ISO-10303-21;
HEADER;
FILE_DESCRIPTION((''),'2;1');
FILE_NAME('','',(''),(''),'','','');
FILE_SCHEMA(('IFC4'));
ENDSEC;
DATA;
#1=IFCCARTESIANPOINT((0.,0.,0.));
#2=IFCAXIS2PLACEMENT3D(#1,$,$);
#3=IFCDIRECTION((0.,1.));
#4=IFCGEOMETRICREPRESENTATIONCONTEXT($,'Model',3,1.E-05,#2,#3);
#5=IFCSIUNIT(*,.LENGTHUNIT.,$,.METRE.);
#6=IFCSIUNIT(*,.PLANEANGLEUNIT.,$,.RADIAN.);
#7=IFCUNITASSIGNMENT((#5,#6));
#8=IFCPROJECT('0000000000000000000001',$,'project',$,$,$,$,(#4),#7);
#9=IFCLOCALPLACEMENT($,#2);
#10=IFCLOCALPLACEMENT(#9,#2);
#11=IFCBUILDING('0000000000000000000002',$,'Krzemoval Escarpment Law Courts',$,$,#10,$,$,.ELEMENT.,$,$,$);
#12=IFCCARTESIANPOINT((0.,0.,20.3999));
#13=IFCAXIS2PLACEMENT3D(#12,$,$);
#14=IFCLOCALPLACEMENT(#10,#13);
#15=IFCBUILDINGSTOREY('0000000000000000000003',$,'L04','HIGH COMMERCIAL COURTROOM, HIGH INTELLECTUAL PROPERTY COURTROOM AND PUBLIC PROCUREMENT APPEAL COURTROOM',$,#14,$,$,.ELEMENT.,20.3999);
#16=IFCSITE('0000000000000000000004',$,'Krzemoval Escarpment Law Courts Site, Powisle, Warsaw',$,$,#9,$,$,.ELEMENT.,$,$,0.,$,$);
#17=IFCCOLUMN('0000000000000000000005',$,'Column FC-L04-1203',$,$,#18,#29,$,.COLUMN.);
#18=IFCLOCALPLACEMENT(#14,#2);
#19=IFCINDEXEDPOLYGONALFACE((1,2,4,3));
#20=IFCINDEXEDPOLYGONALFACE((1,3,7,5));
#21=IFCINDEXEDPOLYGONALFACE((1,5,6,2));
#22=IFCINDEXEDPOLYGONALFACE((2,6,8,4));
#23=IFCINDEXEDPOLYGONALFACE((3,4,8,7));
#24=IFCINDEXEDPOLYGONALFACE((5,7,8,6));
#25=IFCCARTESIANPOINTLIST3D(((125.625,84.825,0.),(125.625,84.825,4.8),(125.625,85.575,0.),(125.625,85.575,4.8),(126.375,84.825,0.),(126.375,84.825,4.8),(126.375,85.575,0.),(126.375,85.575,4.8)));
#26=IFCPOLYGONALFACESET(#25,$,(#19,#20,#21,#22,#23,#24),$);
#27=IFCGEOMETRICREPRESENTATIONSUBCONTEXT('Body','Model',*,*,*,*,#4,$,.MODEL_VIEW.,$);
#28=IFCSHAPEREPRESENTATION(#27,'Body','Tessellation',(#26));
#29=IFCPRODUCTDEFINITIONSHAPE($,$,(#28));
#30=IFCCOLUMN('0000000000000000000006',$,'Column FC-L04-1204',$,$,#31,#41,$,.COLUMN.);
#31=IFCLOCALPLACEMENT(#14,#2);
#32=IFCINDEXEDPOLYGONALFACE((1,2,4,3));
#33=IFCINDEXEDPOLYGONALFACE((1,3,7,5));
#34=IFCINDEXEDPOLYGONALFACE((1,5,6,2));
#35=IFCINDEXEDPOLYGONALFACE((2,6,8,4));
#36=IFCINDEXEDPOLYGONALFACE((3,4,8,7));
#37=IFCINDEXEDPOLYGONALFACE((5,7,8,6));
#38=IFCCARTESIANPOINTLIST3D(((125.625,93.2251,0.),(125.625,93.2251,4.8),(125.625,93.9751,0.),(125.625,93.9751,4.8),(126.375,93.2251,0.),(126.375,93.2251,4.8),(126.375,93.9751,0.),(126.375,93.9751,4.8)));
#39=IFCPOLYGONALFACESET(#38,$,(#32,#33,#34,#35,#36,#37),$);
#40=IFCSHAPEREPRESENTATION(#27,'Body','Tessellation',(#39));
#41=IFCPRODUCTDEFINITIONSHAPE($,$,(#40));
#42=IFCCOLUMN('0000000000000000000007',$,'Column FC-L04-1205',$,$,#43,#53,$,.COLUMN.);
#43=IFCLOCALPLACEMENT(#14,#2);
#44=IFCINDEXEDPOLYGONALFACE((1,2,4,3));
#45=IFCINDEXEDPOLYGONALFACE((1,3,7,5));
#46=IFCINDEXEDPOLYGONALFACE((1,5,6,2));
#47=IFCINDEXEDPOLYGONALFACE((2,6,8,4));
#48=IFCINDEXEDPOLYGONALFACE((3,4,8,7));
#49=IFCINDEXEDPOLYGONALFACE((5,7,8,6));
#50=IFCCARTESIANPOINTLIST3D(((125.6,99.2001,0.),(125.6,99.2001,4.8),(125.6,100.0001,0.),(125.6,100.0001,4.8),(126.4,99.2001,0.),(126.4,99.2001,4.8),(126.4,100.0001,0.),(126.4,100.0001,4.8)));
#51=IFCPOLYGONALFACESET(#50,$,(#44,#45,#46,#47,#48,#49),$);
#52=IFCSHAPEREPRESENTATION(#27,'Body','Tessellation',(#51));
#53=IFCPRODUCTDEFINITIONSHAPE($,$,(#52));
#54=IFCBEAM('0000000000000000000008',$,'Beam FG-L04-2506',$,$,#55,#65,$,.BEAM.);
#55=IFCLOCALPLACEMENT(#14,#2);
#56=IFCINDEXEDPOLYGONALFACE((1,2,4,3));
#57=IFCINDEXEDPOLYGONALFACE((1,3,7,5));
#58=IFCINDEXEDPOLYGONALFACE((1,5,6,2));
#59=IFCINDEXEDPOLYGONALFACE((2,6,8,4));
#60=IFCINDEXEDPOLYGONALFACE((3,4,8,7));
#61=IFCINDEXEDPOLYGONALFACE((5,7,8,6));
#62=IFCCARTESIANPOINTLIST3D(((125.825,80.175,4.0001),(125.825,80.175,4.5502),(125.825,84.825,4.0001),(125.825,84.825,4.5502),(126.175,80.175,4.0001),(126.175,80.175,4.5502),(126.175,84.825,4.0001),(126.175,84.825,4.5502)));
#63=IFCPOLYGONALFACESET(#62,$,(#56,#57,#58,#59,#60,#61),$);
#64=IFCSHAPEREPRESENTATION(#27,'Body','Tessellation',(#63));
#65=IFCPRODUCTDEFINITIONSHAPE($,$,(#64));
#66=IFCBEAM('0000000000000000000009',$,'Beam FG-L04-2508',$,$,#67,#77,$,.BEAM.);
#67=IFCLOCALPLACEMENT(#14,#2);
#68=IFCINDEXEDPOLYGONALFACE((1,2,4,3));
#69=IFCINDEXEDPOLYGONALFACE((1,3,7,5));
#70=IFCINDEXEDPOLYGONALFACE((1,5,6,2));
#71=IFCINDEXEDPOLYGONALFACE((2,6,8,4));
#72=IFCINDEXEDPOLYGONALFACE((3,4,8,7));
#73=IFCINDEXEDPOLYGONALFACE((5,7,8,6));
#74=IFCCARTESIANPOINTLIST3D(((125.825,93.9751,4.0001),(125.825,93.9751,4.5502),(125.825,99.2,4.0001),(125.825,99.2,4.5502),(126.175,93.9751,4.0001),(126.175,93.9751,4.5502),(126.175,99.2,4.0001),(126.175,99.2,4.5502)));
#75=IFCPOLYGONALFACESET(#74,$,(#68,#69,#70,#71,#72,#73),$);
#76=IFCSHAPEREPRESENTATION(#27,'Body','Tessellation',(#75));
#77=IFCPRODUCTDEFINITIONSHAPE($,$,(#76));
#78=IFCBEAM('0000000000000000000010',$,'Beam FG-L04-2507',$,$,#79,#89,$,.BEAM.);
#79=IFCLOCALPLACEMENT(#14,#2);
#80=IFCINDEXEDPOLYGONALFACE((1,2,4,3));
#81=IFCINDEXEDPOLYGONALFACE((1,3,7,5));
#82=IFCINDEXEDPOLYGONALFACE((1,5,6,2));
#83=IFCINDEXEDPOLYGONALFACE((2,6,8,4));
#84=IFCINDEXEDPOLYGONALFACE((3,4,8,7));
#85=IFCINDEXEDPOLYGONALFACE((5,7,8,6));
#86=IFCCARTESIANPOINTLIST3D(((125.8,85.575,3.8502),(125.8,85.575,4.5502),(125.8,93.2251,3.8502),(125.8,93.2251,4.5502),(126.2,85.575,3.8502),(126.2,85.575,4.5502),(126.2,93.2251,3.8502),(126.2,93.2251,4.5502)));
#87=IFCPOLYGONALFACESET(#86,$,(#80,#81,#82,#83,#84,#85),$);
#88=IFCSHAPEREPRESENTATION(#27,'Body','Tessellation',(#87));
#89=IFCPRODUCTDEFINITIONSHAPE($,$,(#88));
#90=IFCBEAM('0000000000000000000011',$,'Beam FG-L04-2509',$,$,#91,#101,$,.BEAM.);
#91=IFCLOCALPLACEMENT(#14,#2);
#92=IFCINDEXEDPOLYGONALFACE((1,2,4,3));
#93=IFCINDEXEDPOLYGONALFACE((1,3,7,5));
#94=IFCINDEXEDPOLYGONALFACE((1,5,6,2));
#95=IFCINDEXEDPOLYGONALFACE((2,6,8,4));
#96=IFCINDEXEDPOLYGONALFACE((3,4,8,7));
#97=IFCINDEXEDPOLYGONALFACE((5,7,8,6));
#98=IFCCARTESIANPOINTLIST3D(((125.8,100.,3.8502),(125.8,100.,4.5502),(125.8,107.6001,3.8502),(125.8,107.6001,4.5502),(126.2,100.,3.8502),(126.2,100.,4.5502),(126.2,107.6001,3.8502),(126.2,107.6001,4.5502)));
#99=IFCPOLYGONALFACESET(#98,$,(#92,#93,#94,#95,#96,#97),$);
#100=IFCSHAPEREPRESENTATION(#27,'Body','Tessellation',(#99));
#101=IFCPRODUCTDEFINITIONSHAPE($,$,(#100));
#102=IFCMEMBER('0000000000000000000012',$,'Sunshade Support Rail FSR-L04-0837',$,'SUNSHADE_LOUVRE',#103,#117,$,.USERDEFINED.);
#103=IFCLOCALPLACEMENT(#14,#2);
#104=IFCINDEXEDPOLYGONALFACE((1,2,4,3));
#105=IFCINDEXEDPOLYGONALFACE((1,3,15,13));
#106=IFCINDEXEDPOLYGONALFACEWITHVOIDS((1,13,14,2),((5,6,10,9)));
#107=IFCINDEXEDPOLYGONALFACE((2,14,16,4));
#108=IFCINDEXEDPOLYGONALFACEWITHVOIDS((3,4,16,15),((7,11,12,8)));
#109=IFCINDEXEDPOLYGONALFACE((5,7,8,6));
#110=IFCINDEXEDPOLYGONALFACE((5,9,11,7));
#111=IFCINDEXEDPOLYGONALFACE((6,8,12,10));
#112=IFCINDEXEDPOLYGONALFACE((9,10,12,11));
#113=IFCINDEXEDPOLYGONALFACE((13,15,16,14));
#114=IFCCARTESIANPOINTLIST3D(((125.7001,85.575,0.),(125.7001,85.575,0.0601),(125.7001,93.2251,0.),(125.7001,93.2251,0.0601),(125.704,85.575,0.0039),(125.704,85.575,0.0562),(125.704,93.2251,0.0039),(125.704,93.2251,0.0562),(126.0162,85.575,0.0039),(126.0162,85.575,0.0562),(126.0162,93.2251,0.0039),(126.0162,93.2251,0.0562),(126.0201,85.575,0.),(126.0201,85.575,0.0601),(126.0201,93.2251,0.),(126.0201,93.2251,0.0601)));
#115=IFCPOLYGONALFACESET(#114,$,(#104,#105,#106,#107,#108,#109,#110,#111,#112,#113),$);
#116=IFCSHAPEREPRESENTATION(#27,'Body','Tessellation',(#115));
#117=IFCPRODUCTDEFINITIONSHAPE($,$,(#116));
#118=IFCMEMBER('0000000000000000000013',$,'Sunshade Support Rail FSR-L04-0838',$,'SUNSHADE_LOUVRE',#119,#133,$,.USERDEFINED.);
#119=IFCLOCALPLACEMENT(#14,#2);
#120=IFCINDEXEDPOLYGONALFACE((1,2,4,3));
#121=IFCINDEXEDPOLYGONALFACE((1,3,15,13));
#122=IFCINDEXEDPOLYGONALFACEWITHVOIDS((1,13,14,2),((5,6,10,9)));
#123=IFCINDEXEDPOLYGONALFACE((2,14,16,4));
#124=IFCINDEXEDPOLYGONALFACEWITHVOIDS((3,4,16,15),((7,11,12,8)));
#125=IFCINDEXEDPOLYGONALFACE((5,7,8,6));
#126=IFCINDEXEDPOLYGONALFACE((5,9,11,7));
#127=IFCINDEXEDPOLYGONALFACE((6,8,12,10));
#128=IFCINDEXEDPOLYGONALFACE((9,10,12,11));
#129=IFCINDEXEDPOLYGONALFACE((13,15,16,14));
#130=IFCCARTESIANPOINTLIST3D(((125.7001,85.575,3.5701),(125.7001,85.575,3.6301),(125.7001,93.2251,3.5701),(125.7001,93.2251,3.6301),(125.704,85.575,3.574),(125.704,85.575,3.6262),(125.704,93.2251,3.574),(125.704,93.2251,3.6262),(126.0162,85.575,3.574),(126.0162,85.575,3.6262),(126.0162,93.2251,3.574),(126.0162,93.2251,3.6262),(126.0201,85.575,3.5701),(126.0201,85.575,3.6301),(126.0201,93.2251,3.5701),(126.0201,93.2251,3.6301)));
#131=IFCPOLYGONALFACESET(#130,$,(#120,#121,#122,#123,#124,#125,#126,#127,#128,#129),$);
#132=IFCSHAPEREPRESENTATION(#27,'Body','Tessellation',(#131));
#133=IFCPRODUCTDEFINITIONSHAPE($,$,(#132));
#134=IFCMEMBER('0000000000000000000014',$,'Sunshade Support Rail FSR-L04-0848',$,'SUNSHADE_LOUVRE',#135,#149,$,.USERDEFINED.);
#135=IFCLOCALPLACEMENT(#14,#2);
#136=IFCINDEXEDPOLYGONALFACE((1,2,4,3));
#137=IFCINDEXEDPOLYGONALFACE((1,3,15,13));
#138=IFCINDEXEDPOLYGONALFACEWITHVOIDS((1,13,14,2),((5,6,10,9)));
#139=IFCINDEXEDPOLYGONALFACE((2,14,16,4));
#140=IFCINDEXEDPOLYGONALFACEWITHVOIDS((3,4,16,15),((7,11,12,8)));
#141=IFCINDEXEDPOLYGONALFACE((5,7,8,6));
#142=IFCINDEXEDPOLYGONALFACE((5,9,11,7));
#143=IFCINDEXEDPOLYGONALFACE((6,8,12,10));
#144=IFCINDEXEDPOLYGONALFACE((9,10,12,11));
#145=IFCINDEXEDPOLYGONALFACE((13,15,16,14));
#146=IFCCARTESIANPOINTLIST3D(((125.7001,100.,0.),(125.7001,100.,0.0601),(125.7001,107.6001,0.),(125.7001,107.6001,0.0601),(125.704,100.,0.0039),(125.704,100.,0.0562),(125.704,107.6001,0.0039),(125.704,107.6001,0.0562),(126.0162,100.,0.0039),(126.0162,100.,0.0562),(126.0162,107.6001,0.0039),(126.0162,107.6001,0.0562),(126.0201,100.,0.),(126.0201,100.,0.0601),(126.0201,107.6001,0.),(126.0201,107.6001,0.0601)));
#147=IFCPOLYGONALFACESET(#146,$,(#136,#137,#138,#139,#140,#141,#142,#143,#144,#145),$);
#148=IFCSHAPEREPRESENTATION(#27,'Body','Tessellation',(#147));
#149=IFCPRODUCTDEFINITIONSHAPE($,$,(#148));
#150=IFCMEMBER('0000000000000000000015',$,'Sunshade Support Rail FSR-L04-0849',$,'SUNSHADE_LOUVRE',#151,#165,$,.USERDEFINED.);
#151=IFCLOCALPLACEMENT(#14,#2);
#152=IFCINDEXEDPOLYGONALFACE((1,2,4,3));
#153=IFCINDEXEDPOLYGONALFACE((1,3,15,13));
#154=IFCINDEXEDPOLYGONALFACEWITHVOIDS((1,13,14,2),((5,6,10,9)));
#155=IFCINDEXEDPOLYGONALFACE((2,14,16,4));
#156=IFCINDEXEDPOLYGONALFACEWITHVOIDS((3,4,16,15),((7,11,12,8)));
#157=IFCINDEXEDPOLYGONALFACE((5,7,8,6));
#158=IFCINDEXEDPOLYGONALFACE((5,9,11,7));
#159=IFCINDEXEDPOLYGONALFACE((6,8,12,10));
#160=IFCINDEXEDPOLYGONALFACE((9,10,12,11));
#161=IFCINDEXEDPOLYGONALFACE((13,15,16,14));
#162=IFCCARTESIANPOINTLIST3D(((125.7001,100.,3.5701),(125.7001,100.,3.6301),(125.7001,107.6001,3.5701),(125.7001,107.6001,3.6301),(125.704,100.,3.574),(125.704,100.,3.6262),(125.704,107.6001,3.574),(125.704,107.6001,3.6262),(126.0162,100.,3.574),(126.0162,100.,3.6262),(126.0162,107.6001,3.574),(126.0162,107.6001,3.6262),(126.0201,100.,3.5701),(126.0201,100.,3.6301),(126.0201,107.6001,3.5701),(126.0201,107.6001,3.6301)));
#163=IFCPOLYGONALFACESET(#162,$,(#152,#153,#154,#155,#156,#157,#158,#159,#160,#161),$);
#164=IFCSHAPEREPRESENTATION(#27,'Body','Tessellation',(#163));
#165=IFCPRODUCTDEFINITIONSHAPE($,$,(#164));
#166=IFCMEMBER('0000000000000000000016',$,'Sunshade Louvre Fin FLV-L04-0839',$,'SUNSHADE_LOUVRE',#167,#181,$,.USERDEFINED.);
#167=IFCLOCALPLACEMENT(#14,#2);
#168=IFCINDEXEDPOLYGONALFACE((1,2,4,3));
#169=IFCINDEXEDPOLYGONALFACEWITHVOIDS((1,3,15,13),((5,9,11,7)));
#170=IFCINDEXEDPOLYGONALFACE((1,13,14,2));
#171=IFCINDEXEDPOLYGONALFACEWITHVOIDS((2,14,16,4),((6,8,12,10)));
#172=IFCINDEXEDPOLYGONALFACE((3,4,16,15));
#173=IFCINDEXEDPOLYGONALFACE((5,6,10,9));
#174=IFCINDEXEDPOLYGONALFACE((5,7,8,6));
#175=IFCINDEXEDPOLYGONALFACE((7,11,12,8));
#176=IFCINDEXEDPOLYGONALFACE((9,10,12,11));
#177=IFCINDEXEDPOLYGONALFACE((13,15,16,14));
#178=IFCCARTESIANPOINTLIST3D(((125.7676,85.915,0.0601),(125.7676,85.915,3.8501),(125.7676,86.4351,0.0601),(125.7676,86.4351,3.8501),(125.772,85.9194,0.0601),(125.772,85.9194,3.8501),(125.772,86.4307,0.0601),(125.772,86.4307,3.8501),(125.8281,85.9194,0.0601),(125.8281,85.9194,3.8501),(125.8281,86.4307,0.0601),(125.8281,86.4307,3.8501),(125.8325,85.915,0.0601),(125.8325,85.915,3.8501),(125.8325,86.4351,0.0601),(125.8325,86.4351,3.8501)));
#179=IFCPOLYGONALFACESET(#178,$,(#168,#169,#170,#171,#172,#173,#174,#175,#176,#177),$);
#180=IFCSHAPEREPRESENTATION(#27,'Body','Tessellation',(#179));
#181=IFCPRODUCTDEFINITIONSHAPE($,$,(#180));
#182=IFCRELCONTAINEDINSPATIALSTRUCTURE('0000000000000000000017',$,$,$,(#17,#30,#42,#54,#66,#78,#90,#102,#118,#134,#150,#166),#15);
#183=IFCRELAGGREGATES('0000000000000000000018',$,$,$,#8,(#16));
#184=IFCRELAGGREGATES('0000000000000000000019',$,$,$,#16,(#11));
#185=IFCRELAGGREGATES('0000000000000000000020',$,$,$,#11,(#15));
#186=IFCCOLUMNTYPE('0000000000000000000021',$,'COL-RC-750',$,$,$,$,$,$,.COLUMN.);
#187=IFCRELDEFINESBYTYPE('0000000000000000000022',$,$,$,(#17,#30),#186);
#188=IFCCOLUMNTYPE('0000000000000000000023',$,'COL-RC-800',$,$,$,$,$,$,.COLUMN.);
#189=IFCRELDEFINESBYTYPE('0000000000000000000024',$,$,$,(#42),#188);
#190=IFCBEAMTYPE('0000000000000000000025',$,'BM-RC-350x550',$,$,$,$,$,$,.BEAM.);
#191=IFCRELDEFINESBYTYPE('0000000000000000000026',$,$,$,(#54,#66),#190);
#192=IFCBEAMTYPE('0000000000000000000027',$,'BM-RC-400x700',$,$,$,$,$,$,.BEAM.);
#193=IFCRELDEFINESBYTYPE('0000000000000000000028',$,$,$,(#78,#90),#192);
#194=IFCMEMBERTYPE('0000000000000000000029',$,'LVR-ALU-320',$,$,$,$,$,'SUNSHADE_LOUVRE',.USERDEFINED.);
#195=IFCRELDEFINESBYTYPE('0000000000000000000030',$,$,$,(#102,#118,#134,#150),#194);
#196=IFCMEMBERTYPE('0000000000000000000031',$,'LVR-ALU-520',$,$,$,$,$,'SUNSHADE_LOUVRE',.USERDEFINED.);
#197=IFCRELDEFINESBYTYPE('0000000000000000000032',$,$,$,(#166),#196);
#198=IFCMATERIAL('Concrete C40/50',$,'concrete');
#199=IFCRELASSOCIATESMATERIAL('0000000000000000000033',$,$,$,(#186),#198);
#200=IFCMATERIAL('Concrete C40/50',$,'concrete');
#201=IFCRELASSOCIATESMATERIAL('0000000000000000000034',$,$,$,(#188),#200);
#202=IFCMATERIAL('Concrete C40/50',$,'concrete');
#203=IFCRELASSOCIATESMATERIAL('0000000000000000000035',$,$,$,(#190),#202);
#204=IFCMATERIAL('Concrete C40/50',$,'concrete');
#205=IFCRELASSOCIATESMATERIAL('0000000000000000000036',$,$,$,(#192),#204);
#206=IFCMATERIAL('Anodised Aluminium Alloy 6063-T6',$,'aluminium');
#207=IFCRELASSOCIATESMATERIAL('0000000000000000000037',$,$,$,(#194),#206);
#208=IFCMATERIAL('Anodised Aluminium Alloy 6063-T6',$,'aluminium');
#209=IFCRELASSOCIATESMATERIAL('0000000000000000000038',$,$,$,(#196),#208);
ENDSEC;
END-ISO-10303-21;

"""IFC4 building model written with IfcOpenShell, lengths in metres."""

from ifc_helpers import new_model, si_unit, direction, frame, origin, origin_2d, place, context, subcontext, project, spatial, rectangle, hollow_rectangle, extrude, material, material_profile, profile_set, type_object, element, save


model = new_model("IFC4")

# Units and contexts
model_context = context("Model", 3, precision=1e-05, world=origin(), true_north=direction((0.0, 1.0)))
body_context = subcontext(model_context, "Body", "Model", "MODEL_VIEW")
ifc_project = project(units=[si_unit("LENGTHUNIT", "METRE"), si_unit("PLANEANGLEUNIT", "RADIAN")], contexts=[model_context])

# Site, building, storey
site_placement = place(None, origin())
site = spatial("IfcSite", under=ifc_project, at=site_placement, Name="Krzemoval Escarpment Law Courts Site, Powisle, Warsaw", CompositionType="ELEMENT", RefElevation=0.0)
building_placement = place(site_placement, origin())
building = spatial("IfcBuilding", under=site, at=building_placement, Name="Krzemoval Escarpment Law Courts", CompositionType="ELEMENT")
storey_placement = place(building_placement, frame((0.0, 0.0, 20.3999)))
storey = spatial("IfcBuildingStorey", under=building, at=storey_placement, Name="L04", Description="HIGH COMMERCIAL COURTROOM, HIGH INTELLECTUAL PROPERTY COURTROOM AND PUBLIC PROCUREMENT APPEAL COURTROOM", CompositionType="ELEMENT", Elevation=20.3999)

# Columns
ifc_material_1 = material(Name="Concrete C40/50", Category="concrete")
ifc_material_profile_1 = material_profile(ifc_material_1, rectangle(XDim=0.75, YDim=0.75, at=origin_2d()), Name="RC 750x750")
ifc_profile_set_1 = profile_set([ifc_material_profile_1], Name="Concrete C40/50")
column_type_1 = type_object("IfcColumnType", Name="COL-RC-750", PredefinedType="COLUMN", material=ifc_profile_set_1)
for number, where, z_axis, x_axis, name in (
    (1, (126.0, 85.2, 0.0), (0.0, 0.0, 1.0), (1.0, 0.0, 0.0), "Column FC-L04-1203"),
    (2, (126.0, 93.6001, 0.0), (0.0, 0.0, 1.0), (1.0, 0.0, 0.0), "Column FC-L04-1204"),
):
    element("IfcColumn", number, at=place(storey_placement, frame(where, z_axis=z_axis, x_axis=x_axis)), inside=storey, type_object=column_type_1, Name=name, PredefinedType="COLUMN", context=body_context, shape_type="SweptSolid", body=[
        extrude(rectangle(XDim=0.75, YDim=0.75, at=origin_2d()), origin(), (0.0, 0.0, 1.0), 4.8),
    ])
ifc_material_2 = material(Name="Concrete C40/50", Category="concrete")
ifc_material_profile_2 = material_profile(ifc_material_2, rectangle(XDim=0.8, YDim=0.8, at=origin_2d()), Name="RC 800x800")
ifc_profile_set_2 = profile_set([ifc_material_profile_2], Name="Concrete C40/50")
column_type_2 = type_object("IfcColumnType", Name="COL-RC-800", PredefinedType="COLUMN", material=ifc_profile_set_2)
column_placement = place(storey_placement, frame((126.0, 99.6001, 0.0), z_axis=(0.0, 0.0, 1.0), x_axis=(1.0, 0.0, 0.0)))
element("IfcColumn", 3, at=column_placement, inside=storey, type_object=column_type_2, Name="Column FC-L04-1205", PredefinedType="COLUMN", context=body_context, shape_type="SweptSolid", body=[
    extrude(rectangle(XDim=0.8, YDim=0.8, at=origin_2d()), origin(), (0.0, 0.0, 1.0), 4.8),
])

# Beams
ifc_material_3 = material(Name="Concrete C40/50", Category="concrete")
ifc_material_profile_3 = material_profile(ifc_material_3, rectangle(XDim=0.3501, YDim=0.55, at=origin_2d()), Name="RCB 350x550")
ifc_profile_set_3 = profile_set([ifc_material_profile_3], Name="Concrete C40/50")
beam_type_1 = type_object("IfcBeamType", Name="BM-RC-350x550", PredefinedType="BEAM", material=ifc_profile_set_3)
beam_1_placement = place(storey_placement, frame((126.0, 80.175, 4.2751), z_axis=(0.0, 1.0, 0.0), x_axis=(-1.0, 0.0, 0.0)))
element("IfcBeam", 4, at=beam_1_placement, inside=storey, type_object=beam_type_1, Name="Beam FG-L04-2506", PredefinedType="BEAM", context=body_context, shape_type="SweptSolid", body=[
    extrude(rectangle(XDim=0.3501, YDim=0.55, at=origin_2d()), origin(), (0.0, 0.0, 1.0), 4.6499),
])
beam_2_placement = place(storey_placement, frame((126.0, 93.9751, 4.2751), z_axis=(0.0, 1.0, 0.0), x_axis=(-1.0, 0.0, 0.0)))
element("IfcBeam", 5, at=beam_2_placement, inside=storey, type_object=beam_type_1, Name="Beam FG-L04-2508", PredefinedType="BEAM", context=body_context, shape_type="SweptSolid", body=[
    extrude(rectangle(XDim=0.3501, YDim=0.55, at=origin_2d()), origin(), (0.0, 0.0, 1.0), 5.2249),
])
ifc_material_4 = material(Name="Concrete C40/50", Category="concrete")
ifc_material_profile_4 = material_profile(ifc_material_4, rectangle(XDim=0.3999, YDim=0.7, at=origin_2d()), Name="RCB 400x700")
ifc_profile_set_4 = profile_set([ifc_material_profile_4], Name="Concrete C40/50")
beam_type_2 = type_object("IfcBeamType", Name="BM-RC-400x700", PredefinedType="BEAM", material=ifc_profile_set_4)
beam_3_placement = place(storey_placement, frame((126.0, 85.575, 4.2002), z_axis=(0.0, 1.0, 0.0), x_axis=(-1.0, 0.0, 0.0)))
element("IfcBeam", 6, at=beam_3_placement, inside=storey, type_object=beam_type_2, Name="Beam FG-L04-2507", PredefinedType="BEAM", context=body_context, shape_type="SweptSolid", body=[
    extrude(rectangle(XDim=0.3999, YDim=0.7, at=origin_2d()), origin(), (0.0, 0.0, 1.0), 7.6501),
])
beam_4_placement = place(storey_placement, frame((126.0, 100.0, 4.2002), z_axis=(0.0, 1.0, 0.0), x_axis=(-1.0, 0.0, 0.0)))
element("IfcBeam", 7, at=beam_4_placement, inside=storey, type_object=beam_type_2, Name="Beam FG-L04-2509", PredefinedType="BEAM", context=body_context, shape_type="SweptSolid", body=[
    extrude(rectangle(XDim=0.3999, YDim=0.7, at=origin_2d()), origin(), (0.0, 0.0, 1.0), 7.6001),
])

# Members
ifc_material_5 = material(Name="Anodised Aluminium Alloy 6063-T6", Category="aluminium")
ifc_material_profile_5 = material_profile(ifc_material_5, hollow_rectangle(XDim=0.0601, YDim=0.3201, WallThickness=0.0039, at=origin_2d()), Name="ALU LVR 60x320")
ifc_profile_set_5 = profile_set([ifc_material_profile_5], Name="Anodised Aluminium Alloy 6063-T6")
member_type_1 = type_object("IfcMemberType", Name="LVR-ALU-320", ElementType="SUNSHADE_LOUVRE", PredefinedType="USERDEFINED", material=ifc_profile_set_5)
for number, where, z_axis, x_axis, name in (
    (8, (125.8601, 85.575, 0.03), (0.0, 1.0, 0.0), (0.0, 0.0, 1.0), "Sunshade Support Rail FSR-L04-0837"),
    (9, (125.8601, 85.575, 3.6001), (0.0, 1.0, 0.0), (0.0, 0.0, 1.0), "Sunshade Support Rail FSR-L04-0838"),
):
    element("IfcMember", number, at=place(storey_placement, frame(where, z_axis=z_axis, x_axis=x_axis)), inside=storey, type_object=member_type_1, Name=name, ObjectType="SUNSHADE_LOUVRE", PredefinedType="USERDEFINED", context=body_context, shape_type="SweptSolid", body=[
        extrude(hollow_rectangle(XDim=0.0601, YDim=0.3201, WallThickness=0.0039, at=origin_2d()), origin(), (0.0, 0.0, 1.0), 7.6501),
    ])
for number, where, z_axis, x_axis, name in (
    (10, (125.8601, 100.0, 0.03), (0.0, 1.0, 0.0), (0.0, 0.0, 1.0), "Sunshade Support Rail FSR-L04-0848"),
    (11, (125.8601, 100.0, 3.6001), (0.0, 1.0, 0.0), (0.0, 0.0, 1.0), "Sunshade Support Rail FSR-L04-0849"),
):
    element("IfcMember", number, at=place(storey_placement, frame(where, z_axis=z_axis, x_axis=x_axis)), inside=storey, type_object=member_type_1, Name=name, ObjectType="SUNSHADE_LOUVRE", PredefinedType="USERDEFINED", context=body_context, shape_type="SweptSolid", body=[
        extrude(hollow_rectangle(XDim=0.0601, YDim=0.3201, WallThickness=0.0039, at=origin_2d()), origin(), (0.0, 0.0, 1.0), 7.6001),
    ])
ifc_material_6 = material(Name="Anodised Aluminium Alloy 6063-T6", Category="aluminium")
ifc_material_profile_6 = material_profile(ifc_material_6, hollow_rectangle(XDim=0.0649, YDim=0.52, WallThickness=0.0044, at=origin_2d()), Name="ALU LVR 65x520")
ifc_profile_set_6 = profile_set([ifc_material_profile_6], Name="Anodised Aluminium Alloy 6063-T6")
member_type_2 = type_object("IfcMemberType", Name="LVR-ALU-520", ElementType="SUNSHADE_LOUVRE", PredefinedType="USERDEFINED", material=ifc_profile_set_6)
for number, where, z_axis, x_axis, name in (
    (12, (125.8, 86.175, 0.0601), (0.0, 0.0, 1.0), (1.0, 0.0, 0.0), "Sunshade Louvre Fin FLV-L04-0839"),
):
    element("IfcMember", number, at=place(storey_placement, frame(where, z_axis=z_axis, x_axis=x_axis)), inside=storey, type_object=member_type_2, Name=name, ObjectType="SUNSHADE_LOUVRE", PredefinedType="USERDEFINED", context=body_context, shape_type="SweptSolid", body=[
        extrude(hollow_rectangle(XDim=0.0649, YDim=0.52, WallThickness=0.0044, at=origin_2d()), origin(), (0.0, 0.0, 1.0), 3.79),
    ])

save(model, "model.ifc")
